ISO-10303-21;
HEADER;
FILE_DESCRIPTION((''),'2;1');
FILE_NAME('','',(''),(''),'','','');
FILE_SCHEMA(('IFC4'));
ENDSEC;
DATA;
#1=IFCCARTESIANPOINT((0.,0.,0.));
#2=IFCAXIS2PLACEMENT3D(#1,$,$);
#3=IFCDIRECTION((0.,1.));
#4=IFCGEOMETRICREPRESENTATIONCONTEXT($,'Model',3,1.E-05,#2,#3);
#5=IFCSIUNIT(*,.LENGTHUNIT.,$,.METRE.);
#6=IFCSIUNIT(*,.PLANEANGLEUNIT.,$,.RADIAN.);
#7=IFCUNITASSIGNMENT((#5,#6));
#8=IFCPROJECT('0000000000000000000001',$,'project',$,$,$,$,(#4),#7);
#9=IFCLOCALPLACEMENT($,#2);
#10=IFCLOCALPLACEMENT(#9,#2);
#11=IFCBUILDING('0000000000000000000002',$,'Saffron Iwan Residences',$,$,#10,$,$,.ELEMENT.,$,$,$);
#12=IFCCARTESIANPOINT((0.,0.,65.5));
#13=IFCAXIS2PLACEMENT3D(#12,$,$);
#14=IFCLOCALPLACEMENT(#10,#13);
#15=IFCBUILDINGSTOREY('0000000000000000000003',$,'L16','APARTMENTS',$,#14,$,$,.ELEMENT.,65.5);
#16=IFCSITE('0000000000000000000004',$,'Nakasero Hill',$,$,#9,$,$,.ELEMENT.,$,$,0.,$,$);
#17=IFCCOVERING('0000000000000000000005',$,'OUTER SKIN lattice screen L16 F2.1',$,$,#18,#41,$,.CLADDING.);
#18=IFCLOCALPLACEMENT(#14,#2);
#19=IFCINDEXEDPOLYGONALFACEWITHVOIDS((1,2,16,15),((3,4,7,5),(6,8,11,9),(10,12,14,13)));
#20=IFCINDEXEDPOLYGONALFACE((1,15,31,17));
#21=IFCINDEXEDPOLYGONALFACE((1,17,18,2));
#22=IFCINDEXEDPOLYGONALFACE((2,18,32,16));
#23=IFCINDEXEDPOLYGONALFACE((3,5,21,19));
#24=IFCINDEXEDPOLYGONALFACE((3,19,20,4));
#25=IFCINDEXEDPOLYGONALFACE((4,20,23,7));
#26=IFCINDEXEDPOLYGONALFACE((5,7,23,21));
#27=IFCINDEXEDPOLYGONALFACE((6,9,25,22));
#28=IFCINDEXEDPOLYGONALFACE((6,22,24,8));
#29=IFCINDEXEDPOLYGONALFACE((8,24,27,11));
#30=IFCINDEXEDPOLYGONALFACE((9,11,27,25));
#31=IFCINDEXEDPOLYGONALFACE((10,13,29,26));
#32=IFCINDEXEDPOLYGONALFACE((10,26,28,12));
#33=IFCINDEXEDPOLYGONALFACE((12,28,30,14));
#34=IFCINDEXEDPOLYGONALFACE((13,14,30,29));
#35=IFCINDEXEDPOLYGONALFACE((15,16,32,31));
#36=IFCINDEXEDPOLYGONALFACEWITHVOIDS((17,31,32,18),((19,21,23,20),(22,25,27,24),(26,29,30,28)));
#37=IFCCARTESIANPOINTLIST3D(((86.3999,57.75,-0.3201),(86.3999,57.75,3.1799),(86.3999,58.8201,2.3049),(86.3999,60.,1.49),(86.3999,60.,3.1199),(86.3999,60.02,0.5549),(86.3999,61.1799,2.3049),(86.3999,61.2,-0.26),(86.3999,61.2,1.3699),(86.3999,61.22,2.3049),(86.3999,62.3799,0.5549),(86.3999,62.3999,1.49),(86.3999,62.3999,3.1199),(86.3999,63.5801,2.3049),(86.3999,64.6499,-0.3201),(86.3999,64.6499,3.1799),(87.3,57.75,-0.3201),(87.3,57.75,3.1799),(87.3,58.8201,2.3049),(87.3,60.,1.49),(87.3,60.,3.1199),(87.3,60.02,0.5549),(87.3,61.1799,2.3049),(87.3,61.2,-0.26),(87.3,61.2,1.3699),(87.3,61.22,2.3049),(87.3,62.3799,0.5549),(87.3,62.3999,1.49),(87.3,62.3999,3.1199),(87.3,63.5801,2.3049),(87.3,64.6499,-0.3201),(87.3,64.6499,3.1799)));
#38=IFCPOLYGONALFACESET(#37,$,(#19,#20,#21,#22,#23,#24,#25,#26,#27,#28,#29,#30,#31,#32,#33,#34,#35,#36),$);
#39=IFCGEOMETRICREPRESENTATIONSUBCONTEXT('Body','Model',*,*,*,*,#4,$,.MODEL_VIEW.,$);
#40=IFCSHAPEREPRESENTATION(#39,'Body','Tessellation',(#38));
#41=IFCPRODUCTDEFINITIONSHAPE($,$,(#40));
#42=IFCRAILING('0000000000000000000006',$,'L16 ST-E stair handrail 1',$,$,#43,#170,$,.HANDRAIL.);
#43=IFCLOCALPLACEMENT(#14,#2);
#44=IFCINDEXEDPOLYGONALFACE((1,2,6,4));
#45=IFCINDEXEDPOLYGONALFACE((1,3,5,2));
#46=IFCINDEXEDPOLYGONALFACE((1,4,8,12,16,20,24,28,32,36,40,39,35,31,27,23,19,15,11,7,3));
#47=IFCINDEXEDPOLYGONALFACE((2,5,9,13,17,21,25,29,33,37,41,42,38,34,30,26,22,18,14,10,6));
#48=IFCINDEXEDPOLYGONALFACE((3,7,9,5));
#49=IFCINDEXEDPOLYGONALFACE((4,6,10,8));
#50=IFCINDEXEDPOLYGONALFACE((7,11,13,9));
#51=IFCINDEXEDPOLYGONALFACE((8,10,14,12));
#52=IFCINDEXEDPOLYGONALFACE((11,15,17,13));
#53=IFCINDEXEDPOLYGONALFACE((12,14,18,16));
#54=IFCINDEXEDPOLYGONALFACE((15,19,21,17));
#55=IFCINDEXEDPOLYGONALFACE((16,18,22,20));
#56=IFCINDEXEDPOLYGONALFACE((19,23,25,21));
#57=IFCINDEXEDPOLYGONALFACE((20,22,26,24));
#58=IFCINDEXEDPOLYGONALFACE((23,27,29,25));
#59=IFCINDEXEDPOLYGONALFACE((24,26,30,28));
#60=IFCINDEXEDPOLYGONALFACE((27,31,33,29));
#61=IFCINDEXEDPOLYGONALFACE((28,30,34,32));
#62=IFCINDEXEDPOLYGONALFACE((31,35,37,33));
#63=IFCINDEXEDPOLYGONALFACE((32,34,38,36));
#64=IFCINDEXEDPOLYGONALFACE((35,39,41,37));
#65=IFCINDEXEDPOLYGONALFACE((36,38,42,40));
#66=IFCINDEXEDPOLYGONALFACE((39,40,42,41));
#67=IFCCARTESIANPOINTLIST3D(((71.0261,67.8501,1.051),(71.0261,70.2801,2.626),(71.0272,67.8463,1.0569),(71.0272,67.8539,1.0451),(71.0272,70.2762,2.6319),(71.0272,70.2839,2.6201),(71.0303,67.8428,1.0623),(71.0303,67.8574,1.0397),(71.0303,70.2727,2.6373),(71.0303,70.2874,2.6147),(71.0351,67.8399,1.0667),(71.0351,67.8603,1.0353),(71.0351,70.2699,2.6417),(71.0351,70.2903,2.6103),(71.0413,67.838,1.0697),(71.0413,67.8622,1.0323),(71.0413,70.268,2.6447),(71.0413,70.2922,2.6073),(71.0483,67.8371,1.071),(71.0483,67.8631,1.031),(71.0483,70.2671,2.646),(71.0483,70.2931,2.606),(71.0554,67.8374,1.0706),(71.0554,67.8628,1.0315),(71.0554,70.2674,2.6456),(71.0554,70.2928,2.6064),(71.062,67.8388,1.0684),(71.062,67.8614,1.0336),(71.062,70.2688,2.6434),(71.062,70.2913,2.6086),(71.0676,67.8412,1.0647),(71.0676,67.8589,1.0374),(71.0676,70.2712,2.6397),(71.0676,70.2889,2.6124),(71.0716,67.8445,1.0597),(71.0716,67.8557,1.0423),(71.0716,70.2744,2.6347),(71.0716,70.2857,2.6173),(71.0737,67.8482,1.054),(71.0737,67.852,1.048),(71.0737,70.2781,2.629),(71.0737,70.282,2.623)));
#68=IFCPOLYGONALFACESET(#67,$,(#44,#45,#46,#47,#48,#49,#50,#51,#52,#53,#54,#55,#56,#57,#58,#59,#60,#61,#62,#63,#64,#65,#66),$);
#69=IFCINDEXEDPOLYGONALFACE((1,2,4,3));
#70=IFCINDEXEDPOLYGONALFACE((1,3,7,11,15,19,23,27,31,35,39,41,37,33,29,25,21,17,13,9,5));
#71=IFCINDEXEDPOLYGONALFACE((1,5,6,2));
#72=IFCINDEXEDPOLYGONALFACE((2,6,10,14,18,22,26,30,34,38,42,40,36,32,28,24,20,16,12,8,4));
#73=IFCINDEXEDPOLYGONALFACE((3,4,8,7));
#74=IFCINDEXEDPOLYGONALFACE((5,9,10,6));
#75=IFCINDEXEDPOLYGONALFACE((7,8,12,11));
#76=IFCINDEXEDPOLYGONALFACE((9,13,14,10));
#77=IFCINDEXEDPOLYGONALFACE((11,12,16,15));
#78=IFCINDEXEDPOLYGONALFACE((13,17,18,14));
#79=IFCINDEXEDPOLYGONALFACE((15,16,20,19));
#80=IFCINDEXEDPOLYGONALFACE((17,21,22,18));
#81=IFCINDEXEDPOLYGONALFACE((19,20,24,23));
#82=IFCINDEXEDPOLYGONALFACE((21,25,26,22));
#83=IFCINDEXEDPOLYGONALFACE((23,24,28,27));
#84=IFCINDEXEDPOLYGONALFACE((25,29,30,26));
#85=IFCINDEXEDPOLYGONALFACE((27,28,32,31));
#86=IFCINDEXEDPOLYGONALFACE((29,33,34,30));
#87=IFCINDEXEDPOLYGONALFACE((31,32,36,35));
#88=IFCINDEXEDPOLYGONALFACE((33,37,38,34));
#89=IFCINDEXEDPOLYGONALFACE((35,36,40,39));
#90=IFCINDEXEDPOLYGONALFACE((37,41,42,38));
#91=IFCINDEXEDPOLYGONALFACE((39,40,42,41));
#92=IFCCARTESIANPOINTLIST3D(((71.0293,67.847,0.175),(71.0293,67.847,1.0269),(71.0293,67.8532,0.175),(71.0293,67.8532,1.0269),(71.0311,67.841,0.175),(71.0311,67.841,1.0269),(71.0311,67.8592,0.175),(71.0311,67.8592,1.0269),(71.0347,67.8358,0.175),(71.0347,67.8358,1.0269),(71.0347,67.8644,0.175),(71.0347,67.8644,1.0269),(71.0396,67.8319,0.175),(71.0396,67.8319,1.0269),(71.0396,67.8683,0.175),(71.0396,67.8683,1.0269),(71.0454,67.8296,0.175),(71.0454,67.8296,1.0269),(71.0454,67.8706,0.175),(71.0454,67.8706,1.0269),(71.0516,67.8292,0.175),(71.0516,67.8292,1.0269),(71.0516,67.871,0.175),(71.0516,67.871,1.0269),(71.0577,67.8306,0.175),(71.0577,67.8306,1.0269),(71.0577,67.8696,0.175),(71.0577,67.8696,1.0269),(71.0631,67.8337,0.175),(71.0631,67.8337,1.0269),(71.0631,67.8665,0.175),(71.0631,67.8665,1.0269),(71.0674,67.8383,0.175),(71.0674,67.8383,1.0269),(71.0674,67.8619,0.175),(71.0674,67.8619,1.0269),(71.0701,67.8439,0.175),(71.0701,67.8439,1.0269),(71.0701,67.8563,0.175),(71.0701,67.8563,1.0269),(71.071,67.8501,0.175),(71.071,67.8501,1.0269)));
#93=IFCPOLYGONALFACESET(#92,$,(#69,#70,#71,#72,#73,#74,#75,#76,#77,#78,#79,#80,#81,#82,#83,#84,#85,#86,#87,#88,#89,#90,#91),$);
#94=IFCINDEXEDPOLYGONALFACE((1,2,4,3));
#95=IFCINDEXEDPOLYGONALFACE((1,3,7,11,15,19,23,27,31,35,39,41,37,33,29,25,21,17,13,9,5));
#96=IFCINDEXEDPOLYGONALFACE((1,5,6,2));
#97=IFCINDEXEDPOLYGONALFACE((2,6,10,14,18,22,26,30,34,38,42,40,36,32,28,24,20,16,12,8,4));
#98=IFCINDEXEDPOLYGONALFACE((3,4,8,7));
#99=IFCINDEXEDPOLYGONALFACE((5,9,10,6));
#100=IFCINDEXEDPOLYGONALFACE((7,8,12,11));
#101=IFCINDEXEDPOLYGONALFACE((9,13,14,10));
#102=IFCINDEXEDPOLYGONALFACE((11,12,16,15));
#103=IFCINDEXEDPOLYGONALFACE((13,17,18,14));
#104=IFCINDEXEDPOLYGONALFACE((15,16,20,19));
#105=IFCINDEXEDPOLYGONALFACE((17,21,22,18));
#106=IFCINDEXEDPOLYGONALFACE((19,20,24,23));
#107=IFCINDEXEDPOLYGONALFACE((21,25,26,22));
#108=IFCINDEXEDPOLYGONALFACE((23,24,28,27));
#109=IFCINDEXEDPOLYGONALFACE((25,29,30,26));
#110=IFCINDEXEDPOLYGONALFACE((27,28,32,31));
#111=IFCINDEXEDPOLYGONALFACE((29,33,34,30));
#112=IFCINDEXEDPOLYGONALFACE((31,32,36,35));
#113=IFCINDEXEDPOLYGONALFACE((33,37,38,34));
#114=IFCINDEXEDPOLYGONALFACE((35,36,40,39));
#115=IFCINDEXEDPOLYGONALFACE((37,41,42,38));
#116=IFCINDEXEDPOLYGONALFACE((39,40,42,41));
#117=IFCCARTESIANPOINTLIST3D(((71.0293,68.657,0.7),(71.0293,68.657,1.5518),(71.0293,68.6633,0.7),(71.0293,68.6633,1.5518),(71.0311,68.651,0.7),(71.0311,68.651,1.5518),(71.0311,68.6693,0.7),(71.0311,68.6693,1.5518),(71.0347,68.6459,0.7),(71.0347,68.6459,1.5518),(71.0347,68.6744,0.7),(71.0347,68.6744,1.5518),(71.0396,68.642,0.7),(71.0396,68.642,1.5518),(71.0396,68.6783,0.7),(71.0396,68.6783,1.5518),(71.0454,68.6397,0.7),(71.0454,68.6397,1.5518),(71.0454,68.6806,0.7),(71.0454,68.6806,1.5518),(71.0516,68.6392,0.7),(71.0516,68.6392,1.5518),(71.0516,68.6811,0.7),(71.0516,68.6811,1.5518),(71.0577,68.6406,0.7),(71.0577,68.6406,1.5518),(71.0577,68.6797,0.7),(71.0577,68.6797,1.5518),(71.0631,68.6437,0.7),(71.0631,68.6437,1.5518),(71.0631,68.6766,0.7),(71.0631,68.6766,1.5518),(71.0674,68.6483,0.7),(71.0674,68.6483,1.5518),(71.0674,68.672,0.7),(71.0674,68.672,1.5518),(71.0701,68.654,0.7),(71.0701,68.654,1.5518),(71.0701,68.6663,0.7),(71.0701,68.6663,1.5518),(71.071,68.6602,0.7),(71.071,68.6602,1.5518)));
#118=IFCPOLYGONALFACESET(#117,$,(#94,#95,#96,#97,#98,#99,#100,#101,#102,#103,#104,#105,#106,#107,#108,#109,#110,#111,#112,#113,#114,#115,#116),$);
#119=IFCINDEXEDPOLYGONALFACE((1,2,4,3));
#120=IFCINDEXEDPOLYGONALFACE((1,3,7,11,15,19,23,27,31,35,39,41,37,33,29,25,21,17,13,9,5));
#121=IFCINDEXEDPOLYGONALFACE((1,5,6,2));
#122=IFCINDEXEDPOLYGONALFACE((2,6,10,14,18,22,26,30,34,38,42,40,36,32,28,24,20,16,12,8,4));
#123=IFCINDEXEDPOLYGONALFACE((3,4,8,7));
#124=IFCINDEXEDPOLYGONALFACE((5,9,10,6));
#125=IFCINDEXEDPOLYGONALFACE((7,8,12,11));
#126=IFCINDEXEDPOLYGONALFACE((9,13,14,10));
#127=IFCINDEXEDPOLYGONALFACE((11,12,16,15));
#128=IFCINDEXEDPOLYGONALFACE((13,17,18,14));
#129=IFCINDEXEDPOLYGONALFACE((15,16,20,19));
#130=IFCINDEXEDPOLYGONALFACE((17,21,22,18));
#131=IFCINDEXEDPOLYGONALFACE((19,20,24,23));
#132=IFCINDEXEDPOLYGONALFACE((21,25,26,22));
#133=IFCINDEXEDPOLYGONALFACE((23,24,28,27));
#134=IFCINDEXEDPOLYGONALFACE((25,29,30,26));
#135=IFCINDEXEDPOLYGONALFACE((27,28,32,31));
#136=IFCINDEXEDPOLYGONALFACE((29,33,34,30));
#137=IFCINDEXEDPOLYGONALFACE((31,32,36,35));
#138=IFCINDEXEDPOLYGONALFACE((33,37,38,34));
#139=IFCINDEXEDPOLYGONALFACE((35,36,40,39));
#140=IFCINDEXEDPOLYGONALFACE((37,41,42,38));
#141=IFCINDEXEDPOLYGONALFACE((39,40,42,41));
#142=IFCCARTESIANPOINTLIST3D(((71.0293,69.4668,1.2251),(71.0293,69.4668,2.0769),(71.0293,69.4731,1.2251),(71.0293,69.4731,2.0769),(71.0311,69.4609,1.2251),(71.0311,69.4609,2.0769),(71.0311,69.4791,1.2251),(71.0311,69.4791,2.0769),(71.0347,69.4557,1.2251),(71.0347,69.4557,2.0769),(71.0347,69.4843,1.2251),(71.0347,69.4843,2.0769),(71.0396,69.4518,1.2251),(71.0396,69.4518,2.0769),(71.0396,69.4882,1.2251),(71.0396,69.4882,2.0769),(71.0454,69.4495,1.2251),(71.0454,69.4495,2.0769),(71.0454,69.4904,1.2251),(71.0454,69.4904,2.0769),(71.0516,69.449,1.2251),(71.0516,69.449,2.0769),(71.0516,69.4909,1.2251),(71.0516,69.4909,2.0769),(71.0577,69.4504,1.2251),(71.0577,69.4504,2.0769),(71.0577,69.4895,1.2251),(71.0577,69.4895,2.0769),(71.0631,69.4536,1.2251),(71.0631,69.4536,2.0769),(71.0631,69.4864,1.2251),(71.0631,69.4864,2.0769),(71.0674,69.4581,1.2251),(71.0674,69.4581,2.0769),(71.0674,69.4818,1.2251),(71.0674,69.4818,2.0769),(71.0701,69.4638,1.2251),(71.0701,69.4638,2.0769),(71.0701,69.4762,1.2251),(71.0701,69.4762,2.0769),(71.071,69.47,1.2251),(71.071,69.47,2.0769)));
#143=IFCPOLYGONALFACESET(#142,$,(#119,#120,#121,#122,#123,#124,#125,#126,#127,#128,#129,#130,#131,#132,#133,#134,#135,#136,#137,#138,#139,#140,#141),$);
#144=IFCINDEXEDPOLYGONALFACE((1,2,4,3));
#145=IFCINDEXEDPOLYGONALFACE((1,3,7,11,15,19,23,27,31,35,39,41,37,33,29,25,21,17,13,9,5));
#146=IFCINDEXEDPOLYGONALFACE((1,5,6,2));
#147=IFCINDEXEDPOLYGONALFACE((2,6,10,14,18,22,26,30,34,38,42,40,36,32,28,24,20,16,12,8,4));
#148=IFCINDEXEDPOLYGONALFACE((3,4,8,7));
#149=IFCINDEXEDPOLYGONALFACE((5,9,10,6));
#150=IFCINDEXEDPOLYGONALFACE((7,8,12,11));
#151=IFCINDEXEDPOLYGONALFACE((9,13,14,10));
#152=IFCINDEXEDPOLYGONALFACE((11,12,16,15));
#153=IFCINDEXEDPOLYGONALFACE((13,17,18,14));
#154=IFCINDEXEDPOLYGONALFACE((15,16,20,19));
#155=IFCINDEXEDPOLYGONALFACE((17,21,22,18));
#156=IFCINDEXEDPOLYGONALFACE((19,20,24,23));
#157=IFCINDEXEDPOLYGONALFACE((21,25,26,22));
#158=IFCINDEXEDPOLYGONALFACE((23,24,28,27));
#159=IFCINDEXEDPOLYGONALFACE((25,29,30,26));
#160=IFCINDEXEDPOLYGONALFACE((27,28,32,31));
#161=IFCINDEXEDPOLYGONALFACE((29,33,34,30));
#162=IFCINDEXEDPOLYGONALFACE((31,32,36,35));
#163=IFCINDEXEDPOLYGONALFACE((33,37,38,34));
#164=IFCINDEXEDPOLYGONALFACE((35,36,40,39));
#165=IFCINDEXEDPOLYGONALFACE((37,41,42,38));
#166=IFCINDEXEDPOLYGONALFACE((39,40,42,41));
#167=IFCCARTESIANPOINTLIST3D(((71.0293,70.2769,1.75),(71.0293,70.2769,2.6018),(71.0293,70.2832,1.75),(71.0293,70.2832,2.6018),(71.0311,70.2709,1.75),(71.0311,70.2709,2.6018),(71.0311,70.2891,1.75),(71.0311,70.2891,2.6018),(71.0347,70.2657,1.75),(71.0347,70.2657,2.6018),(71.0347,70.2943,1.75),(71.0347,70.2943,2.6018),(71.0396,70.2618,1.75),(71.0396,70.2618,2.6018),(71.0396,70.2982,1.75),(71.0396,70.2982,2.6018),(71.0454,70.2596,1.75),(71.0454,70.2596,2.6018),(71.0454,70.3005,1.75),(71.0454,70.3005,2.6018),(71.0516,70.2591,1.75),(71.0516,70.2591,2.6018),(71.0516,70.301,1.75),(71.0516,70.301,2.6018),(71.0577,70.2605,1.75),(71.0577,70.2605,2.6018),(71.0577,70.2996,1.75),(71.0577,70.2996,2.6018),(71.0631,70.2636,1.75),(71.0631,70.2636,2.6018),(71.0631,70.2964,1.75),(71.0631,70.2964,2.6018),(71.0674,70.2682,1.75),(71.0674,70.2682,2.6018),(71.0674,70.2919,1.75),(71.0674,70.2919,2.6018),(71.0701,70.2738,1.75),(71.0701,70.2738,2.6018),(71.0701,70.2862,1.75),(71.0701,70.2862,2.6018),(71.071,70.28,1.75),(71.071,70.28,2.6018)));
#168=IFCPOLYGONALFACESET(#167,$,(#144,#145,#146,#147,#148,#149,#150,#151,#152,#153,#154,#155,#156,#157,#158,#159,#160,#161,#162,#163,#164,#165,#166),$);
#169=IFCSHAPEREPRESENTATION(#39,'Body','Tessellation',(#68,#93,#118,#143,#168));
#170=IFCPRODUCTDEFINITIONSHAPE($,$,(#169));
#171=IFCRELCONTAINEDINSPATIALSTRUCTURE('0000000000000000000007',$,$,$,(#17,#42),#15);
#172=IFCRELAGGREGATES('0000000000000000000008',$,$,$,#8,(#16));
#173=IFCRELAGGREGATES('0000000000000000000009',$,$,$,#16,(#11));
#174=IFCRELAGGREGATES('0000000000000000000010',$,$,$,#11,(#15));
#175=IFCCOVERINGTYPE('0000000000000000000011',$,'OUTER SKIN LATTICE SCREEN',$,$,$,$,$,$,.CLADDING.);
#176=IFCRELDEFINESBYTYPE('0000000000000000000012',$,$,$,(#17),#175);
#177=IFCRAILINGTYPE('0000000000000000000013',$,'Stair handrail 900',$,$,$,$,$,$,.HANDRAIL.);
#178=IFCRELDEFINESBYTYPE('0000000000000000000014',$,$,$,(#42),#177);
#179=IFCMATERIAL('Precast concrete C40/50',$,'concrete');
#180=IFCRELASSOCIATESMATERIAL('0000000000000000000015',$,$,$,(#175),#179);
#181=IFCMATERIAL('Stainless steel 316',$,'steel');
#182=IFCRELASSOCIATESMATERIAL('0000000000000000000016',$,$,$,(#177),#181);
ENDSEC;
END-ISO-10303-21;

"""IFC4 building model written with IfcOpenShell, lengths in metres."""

from ifc_helpers import new_model, si_unit, direction, frame, origin, origin_2d, place, context, subcontext, project, spatial, polyline, circle, outline, extrude, material, type_object, element, save


model = new_model("IFC4")

# Units and contexts
model_context = context("Model", 3, precision=1e-05, world=origin(), true_north=direction((0.0, 1.0)))
body_context = subcontext(model_context, "Body", "Model", "MODEL_VIEW")
ifc_project = project(units=[si_unit("LENGTHUNIT", "METRE"), si_unit("PLANEANGLEUNIT", "RADIAN")], contexts=[model_context])

# Site, building, storey
site_placement = place(None, origin())
site = spatial("IfcSite", under=ifc_project, at=site_placement, Name="Nakasero Hill", CompositionType="ELEMENT", RefElevation=0.0)
building_placement = place(site_placement, origin())
building = spatial("IfcBuilding", under=site, at=building_placement, Name="Saffron Iwan Residences", CompositionType="ELEMENT")
storey_placement = place(building_placement, frame((0.0, 0.0, 65.5)))
storey = spatial("IfcBuildingStorey", under=building, at=storey_placement, Name="L16", Description="APARTMENTS", CompositionType="ELEMENT", Elevation=65.5)

# Shared definitions
ifc_material_1 = material(Name="Stainless steel 316", Category="steel")

# Covering
ifc_material_2 = material(Name="Precast concrete C40/50", Category="concrete")
covering_type = type_object("IfcCoveringType", Name="OUTER SKIN LATTICE SCREEN", PredefinedType="CLADDING", material=ifc_material_2)
covering_placement = place(storey_placement, frame((86.3999, 57.75, -0.3201), z_axis=(1.0, 0.0, 0.0), x_axis=(0.0, 1.0, 0.0)))
element("IfcCovering", 1, at=covering_placement, inside=storey, type_object=covering_type, Name="OUTER SKIN lattice screen L16 F2.1", PredefinedType="CLADDING", context=body_context, shape_type="SweptSolid", body=[
    extrude(outline(polyline([(0.0, 0.0), (6.8999, 0.0), (6.8999, 3.5), (0.0, 3.5), (0.0, 0.0)]), holes=[polyline([(2.27, 0.875), (3.45, 0.0601), (4.6299, 0.875), (3.45, 1.6899), (2.27, 0.875)]), polyline([(1.0701, 2.625), (2.25, 1.8101), (3.4299, 2.625), (2.25, 3.4399), (1.0701, 2.625)]), polyline([(3.47, 2.625), (4.6499, 1.8101), (5.8301, 2.625), (4.6499, 3.4399), (3.47, 2.625)])]), origin(), (0.0, 0.0, 1.0), 0.9001),
])

# Railing
railing_type_1 = type_object("IfcRailingType", Name="Stair handrail 900", PredefinedType="HANDRAIL", material=ifc_material_1)
railing_1_placement = place(storey_placement, frame((71.05, 67.8501, 0.175)))
element("IfcRailing", 2, at=railing_1_placement, inside=storey, type_object=railing_type_1, Name="L16 ST-E stair handrail 1", PredefinedType="HANDRAIL", context=body_context, shape_type="SweptSolid", body=[
    extrude(circle(Radius=0.0239, at=origin_2d()), frame((0.0, 0.0, 0.876), z_axis=(0.0, 0.839154, 0.543894), x_axis=(-1.0, 0.0, 0.0)), (0.0, 0.0, 1.0), 2.8958),
    extrude(circle(Radius=0.021, at=origin_2d()), origin(), (0.0, 0.0, 1.0), 0.8518),
    extrude(circle(Radius=0.021, at=origin_2d()), frame((0.0, 0.8101, 0.5249)), (0.0, 0.0, 1.0), 0.8518),
    extrude(circle(Radius=0.021, at=origin_2d()), frame((0.0, 1.6199, 1.05)), (0.0, 0.0, 1.0), 0.8518),
    extrude(circle(Radius=0.021, at=origin_2d()), frame((0.0, 2.4299, 1.575)), (0.0, 0.0, 1.0), 0.8518),
])

save(model, "model.ifc")
